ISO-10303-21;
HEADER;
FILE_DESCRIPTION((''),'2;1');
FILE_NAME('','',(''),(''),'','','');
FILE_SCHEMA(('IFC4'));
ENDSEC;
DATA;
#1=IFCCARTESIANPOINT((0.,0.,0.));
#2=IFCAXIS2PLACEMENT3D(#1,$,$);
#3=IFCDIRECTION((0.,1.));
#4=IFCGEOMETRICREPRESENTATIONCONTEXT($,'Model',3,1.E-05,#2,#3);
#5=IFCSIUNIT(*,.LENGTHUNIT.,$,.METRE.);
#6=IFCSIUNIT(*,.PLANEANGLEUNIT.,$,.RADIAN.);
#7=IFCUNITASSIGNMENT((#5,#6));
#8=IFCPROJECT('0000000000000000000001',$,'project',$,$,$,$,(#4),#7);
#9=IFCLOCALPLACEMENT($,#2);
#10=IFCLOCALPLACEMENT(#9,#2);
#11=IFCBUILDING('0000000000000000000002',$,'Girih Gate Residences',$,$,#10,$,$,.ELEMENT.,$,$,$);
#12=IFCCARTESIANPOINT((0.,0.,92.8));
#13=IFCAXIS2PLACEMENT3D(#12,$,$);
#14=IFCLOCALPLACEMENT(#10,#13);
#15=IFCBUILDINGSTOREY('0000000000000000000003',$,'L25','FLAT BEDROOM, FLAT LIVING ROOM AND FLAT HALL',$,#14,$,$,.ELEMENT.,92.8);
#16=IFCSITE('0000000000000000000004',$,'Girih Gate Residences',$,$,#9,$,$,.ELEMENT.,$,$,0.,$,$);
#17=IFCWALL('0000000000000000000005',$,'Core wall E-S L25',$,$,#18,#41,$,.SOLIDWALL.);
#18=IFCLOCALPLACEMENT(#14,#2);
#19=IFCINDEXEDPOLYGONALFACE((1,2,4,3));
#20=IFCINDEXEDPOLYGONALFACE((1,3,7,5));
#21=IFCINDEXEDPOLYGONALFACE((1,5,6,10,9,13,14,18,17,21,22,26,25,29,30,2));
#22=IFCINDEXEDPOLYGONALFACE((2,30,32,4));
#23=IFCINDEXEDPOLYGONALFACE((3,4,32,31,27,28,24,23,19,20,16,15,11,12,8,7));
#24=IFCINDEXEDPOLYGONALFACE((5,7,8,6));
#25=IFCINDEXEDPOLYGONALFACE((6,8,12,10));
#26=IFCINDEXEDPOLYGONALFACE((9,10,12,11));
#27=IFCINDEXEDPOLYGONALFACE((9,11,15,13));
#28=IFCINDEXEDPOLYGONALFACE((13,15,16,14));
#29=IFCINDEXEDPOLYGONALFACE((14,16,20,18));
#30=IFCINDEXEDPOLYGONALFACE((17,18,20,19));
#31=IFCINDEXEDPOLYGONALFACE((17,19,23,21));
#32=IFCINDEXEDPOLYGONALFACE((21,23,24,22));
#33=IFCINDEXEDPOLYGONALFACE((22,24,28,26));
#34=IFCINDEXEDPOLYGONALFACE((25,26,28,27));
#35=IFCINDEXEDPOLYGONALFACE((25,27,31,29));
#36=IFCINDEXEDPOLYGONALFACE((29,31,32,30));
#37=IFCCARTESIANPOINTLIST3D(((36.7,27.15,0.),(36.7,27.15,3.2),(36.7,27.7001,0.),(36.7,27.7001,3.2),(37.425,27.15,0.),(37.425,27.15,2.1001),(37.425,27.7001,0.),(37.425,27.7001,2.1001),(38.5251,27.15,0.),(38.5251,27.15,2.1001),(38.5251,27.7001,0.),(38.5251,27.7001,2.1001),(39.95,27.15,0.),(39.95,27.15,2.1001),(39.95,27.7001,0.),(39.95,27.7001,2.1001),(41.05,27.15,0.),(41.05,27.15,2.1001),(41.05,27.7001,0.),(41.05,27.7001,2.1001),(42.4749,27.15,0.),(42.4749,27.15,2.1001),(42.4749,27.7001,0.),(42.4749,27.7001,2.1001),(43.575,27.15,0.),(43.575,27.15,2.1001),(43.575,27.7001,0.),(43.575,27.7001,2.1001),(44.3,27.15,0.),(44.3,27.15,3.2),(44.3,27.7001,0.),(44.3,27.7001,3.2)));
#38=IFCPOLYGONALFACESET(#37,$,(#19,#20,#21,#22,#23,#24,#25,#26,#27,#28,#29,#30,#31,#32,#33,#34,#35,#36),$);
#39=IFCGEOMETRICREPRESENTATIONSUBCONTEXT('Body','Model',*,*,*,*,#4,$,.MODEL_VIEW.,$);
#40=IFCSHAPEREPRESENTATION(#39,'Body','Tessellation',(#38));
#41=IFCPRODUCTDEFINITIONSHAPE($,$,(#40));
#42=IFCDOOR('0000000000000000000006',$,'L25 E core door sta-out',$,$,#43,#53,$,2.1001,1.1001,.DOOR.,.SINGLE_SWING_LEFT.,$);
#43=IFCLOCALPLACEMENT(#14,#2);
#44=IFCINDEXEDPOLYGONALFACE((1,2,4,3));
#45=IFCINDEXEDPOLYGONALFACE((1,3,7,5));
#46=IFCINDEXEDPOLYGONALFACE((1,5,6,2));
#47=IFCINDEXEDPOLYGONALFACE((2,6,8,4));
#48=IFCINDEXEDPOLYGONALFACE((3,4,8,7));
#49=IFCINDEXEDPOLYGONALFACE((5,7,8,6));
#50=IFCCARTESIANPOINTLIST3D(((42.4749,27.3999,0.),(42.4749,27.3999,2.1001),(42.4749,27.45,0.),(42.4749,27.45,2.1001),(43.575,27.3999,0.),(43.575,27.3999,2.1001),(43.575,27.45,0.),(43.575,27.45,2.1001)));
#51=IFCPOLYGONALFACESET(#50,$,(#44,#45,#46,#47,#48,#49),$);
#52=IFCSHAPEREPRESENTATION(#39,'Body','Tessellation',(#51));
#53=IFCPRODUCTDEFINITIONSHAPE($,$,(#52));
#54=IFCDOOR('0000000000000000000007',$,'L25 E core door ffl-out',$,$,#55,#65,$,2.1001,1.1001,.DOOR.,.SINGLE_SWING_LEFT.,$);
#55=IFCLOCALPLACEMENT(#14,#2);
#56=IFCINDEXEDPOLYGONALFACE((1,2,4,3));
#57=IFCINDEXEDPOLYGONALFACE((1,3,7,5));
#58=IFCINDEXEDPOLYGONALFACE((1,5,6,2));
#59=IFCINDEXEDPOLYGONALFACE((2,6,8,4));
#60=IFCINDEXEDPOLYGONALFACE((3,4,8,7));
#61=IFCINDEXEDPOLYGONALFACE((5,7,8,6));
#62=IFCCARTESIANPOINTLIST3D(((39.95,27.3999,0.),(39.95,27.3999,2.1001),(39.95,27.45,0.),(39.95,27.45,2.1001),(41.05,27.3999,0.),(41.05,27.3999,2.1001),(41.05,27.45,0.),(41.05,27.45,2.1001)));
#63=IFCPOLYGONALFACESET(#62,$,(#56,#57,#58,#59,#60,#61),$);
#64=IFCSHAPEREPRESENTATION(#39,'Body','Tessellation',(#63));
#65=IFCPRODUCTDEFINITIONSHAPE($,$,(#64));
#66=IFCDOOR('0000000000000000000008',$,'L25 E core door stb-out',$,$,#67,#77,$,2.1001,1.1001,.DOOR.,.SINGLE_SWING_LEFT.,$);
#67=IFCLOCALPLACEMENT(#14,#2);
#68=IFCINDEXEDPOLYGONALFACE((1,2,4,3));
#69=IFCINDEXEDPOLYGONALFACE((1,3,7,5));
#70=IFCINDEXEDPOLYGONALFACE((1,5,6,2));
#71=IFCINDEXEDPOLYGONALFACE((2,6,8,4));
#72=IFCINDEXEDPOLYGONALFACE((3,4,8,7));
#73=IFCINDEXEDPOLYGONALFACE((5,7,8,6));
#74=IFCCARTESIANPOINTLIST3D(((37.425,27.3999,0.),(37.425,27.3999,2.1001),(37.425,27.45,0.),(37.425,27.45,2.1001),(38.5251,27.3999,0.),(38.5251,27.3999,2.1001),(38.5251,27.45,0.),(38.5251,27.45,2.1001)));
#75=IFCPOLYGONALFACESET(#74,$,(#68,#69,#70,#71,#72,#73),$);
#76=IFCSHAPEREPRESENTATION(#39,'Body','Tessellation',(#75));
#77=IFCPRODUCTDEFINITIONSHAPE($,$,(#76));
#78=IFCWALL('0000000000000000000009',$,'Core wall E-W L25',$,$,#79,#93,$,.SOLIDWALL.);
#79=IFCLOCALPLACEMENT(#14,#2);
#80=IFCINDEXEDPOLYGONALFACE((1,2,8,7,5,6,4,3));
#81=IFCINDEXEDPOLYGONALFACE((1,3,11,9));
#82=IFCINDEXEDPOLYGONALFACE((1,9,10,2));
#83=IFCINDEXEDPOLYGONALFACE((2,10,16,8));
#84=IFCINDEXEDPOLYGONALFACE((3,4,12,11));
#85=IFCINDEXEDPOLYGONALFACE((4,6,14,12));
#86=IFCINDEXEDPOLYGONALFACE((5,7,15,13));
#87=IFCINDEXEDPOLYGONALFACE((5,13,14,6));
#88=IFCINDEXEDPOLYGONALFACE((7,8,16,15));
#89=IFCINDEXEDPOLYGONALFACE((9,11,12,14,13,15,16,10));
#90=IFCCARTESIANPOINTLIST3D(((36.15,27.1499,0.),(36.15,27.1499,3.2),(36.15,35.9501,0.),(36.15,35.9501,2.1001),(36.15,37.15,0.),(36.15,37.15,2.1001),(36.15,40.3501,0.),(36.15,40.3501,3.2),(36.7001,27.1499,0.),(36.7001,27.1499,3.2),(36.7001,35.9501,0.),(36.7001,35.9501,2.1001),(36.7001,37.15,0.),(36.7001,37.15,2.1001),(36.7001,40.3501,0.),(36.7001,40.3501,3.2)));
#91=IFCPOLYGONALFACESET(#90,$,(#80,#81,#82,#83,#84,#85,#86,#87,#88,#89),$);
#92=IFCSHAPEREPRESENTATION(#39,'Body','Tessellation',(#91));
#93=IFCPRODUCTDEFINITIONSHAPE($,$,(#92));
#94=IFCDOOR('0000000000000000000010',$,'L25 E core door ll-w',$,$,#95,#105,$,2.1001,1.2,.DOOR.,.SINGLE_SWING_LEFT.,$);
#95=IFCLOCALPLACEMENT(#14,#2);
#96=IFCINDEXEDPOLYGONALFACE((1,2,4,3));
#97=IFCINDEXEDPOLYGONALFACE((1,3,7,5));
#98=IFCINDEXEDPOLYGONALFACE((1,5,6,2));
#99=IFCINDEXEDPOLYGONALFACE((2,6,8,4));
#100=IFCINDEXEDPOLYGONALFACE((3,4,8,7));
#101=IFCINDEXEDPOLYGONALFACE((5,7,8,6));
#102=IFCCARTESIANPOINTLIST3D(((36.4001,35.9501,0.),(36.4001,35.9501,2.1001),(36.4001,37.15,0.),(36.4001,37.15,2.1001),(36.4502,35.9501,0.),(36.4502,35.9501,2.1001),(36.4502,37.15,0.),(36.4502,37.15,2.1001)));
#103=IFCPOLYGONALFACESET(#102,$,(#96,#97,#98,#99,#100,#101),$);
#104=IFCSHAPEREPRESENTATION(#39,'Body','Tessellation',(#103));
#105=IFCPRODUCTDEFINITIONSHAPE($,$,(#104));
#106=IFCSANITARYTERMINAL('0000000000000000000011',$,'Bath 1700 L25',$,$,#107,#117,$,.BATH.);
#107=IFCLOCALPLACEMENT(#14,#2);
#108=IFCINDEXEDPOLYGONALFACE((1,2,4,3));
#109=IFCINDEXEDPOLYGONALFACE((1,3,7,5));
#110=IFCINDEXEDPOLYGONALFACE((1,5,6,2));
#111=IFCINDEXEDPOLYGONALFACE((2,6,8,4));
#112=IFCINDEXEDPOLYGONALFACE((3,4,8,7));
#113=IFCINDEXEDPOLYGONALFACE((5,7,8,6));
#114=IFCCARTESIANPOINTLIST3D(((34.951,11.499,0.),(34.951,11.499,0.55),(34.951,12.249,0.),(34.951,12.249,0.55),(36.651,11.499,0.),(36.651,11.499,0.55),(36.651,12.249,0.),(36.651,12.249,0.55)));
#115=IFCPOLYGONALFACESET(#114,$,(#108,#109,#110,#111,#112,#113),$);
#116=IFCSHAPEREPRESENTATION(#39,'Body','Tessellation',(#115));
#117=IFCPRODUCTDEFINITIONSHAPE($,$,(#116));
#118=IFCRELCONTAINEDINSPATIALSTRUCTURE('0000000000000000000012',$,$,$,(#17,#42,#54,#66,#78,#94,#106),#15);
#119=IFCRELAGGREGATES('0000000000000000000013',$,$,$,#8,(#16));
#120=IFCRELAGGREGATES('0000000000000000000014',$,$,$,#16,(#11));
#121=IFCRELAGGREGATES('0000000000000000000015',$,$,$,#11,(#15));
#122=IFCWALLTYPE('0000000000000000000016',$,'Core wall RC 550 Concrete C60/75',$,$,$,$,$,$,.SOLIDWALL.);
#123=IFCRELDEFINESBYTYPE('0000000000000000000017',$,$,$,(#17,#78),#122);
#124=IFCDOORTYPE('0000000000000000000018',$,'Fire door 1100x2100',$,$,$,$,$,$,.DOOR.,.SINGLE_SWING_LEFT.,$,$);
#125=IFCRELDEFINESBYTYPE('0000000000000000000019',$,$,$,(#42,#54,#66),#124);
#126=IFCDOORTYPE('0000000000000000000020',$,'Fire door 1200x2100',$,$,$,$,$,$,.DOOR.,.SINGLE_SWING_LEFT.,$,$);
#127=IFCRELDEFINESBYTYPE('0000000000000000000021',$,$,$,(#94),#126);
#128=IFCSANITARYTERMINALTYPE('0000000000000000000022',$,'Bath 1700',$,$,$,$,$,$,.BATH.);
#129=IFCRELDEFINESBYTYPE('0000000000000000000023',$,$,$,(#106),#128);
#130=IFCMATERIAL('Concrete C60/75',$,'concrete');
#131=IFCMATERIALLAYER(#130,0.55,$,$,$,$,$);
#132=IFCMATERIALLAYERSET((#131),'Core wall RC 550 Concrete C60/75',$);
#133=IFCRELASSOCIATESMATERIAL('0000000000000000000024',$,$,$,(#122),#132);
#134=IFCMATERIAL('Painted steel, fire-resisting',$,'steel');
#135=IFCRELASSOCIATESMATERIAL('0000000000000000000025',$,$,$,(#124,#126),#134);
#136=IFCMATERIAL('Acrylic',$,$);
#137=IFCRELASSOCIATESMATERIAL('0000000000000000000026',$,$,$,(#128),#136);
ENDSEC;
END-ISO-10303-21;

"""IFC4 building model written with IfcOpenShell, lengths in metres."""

from ifc_helpers import new_model, si_unit, direction, frame, frame_2d, origin, origin_2d, place, context, subcontext, project, spatial, rectangle, extrude, material, layer, layer_set, type_object, element, fill, save


model = new_model("IFC4")

# Units and contexts
model_context = context("Model", 3, precision=1e-05, world=origin(), true_north=direction((0.0, 1.0)))
body_context = subcontext(model_context, "Body", "Model", "MODEL_VIEW")
ifc_project = project(units=[si_unit("LENGTHUNIT", "METRE"), si_unit("PLANEANGLEUNIT", "RADIAN")], contexts=[model_context])

# Site, building, storey
site_placement = place(None, origin())
site = spatial("IfcSite", under=ifc_project, at=site_placement, Name="Girih Gate Residences", CompositionType="ELEMENT", RefElevation=0.0)
building_placement = place(site_placement, origin())
building = spatial("IfcBuilding", under=site, at=building_placement, Name="Girih Gate Residences", CompositionType="ELEMENT")
storey_placement = place(building_placement, frame((0.0, 0.0, 92.8)))
storey = spatial("IfcBuildingStorey", under=building, at=storey_placement, Name="L25", Description="FLAT BEDROOM, FLAT LIVING ROOM AND FLAT HALL", CompositionType="ELEMENT", Elevation=92.8)

# Shared definitions
ifc_material_1 = material(Name="Concrete C60/75", Category="concrete")

# Wall, openings, doors
ifc_layer_1 = layer(ifc_material_1, 0.55)
ifc_layer_set_1 = layer_set([ifc_layer_1], Name="Core wall RC 550 Concrete C60/75")
wall_type_1 = type_object("IfcWallType", Name="Core wall RC 550 Concrete C60/75", PredefinedType="SOLIDWALL", material=ifc_layer_set_1)
wall_1_placement = place(storey_placement, frame((36.7, 27.425, 0.0), z_axis=(0.0, 0.0, 1.0), x_axis=(1.0, 0.0, 0.0)))
wall_1 = element("IfcWall", 1, at=wall_1_placement, inside=storey, type_object=wall_type_1, Name="Core wall E-S L25", PredefinedType="SOLIDWALL", context=body_context, shape_type="SweptSolid", body=[
    extrude(rectangle(XDim=7.6001, YDim=0.55, at=frame_2d((3.8, 0.0))), origin(), (0.0, 0.0, 1.0), 3.2),
])
opening_1_placement = place(wall_1_placement, frame((5.7749, 0.0, 0.0)))
opening_1 = element("IfcOpeningElement", 2, at=opening_1_placement, cuts=wall_1, PredefinedType="OPENING", context=body_context, shape_type="SweptSolid", body=[
    extrude(rectangle(XDim=1.1001, YDim=2.1001, at=frame_2d((0.55, 1.05))), frame((0.0, 0.2849, 0.0), z_axis=(0.0, -1.0, 0.0), x_axis=(1.0, 0.0, 0.0)), (0.0, 0.0, 1.0), 0.5701),
])
opening_2_placement = place(wall_1_placement, frame((3.25, 0.0, 0.0)))
opening_2 = element("IfcOpeningElement", 3, at=opening_2_placement, cuts=wall_1, PredefinedType="OPENING", context=body_context, shape_type="SweptSolid", body=[
    extrude(rectangle(XDim=1.1001, YDim=2.1001, at=frame_2d((0.55, 1.05))), frame((0.0, 0.2849, 0.0), z_axis=(0.0, -1.0, 0.0), x_axis=(1.0, 0.0, 0.0)), (0.0, 0.0, 1.0), 0.5701),
])
opening_3_placement = place(wall_1_placement, frame((0.7251, 0.0, 0.0)))
opening_3 = element("IfcOpeningElement", 4, at=opening_3_placement, cuts=wall_1, PredefinedType="OPENING", context=body_context, shape_type="SweptSolid", body=[
    extrude(rectangle(XDim=1.1001, YDim=2.1001, at=frame_2d((0.55, 1.05))), frame((0.0, 0.2849, 0.0), z_axis=(0.0, -1.0, 0.0), x_axis=(1.0, 0.0, 0.0)), (0.0, 0.0, 1.0), 0.5701),
])
ifc_material_2 = material(Name="Painted steel, fire-resisting", Category="steel")
door_type_1 = type_object("IfcDoorType", Name="Fire door 1100x2100", OperationType="SINGLE_SWING_LEFT", PredefinedType="DOOR", material=ifc_material_2)
door_1_placement = place(opening_1_placement, origin())
door_1 = element("IfcDoor", 5, at=door_1_placement, inside=storey, type_object=door_type_1, Name="L25 E core door sta-out", OperationType="SINGLE_SWING_LEFT", OverallHeight=2.1001, OverallWidth=1.1001, PredefinedType="DOOR", context=body_context, shape_type="SweptSolid", body=[
    extrude(rectangle(XDim=1.1001, YDim=2.1001, at=frame_2d((0.55, 1.05))), frame((0.0, 0.0249, 0.0), z_axis=(0.0, -1.0, 0.0), x_axis=(1.0, 0.0, 0.0)), (0.0, 0.0, 1.0), 0.05),
])
fill(opening_1, door_1)
door_2_placement = place(opening_2_placement, origin())
door_2 = element("IfcDoor", 6, at=door_2_placement, inside=storey, type_object=door_type_1, Name="L25 E core door ffl-out", OperationType="SINGLE_SWING_LEFT", OverallHeight=2.1001, OverallWidth=1.1001, PredefinedType="DOOR", context=body_context, shape_type="SweptSolid", body=[
    extrude(rectangle(XDim=1.1001, YDim=2.1001, at=frame_2d((0.55, 1.05))), frame((0.0, 0.0249, 0.0), z_axis=(0.0, -1.0, 0.0), x_axis=(1.0, 0.0, 0.0)), (0.0, 0.0, 1.0), 0.05),
])
fill(opening_2, door_2)
door_3_placement = place(opening_3_placement, origin())
door_3 = element("IfcDoor", 7, at=door_3_placement, inside=storey, type_object=door_type_1, Name="L25 E core door stb-out", OperationType="SINGLE_SWING_LEFT", OverallHeight=2.1001, OverallWidth=1.1001, PredefinedType="DOOR", context=body_context, shape_type="SweptSolid", body=[
    extrude(rectangle(XDim=1.1001, YDim=2.1001, at=frame_2d((0.55, 1.05))), frame((0.0, 0.0249, 0.0), z_axis=(0.0, -1.0, 0.0), x_axis=(1.0, 0.0, 0.0)), (0.0, 0.0, 1.0), 0.05),
])
fill(opening_3, door_3)

# Wall, opening, door
wall_2_placement = place(storey_placement, frame((36.425, 27.1499, 0.0), z_axis=(0.0, 0.0, 1.0), x_axis=(0.0, 1.0, 0.0)))
wall_2 = element("IfcWall", 8, at=wall_2_placement, inside=storey, type_object=wall_type_1, Name="Core wall E-W L25", PredefinedType="SOLIDWALL", context=body_context, shape_type="SweptSolid", body=[
    extrude(rectangle(XDim=13.2002, YDim=0.55, at=frame_2d((6.6001, 0.0))), origin(), (0.0, 0.0, 1.0), 3.2),
])
opening_4_placement = place(wall_2_placement, frame((8.8, 0.0, 0.0)))
opening_4 = element("IfcOpeningElement", 9, at=opening_4_placement, cuts=wall_2, PredefinedType="OPENING", context=body_context, shape_type="SweptSolid", body=[
    extrude(rectangle(XDim=1.2, YDim=2.1001, at=frame_2d((0.6001, 1.05))), frame((0.0, 0.2849, 0.0), z_axis=(0.0, -1.0, 0.0), x_axis=(1.0, 0.0, 0.0)), (0.0, 0.0, 1.0), 0.5701),
])
door_type_2 = type_object("IfcDoorType", Name="Fire door 1200x2100", OperationType="SINGLE_SWING_LEFT", PredefinedType="DOOR", material=ifc_material_2)
door_4_placement = place(opening_4_placement, origin())
door_4 = element("IfcDoor", 10, at=door_4_placement, inside=storey, type_object=door_type_2, Name="L25 E core door ll-w", OperationType="SINGLE_SWING_LEFT", OverallHeight=2.1001, OverallWidth=1.2, PredefinedType="DOOR", context=body_context, shape_type="SweptSolid", body=[
    extrude(rectangle(XDim=1.2, YDim=2.1001, at=frame_2d((0.6001, 1.05))), frame((0.0, 0.0249, 0.0), z_axis=(0.0, -1.0, 0.0), x_axis=(1.0, 0.0, 0.0)), (0.0, 0.0, 1.0), 0.05),
])
fill(opening_4, door_4)

# Sanitary terminal
ifc_material_3 = material(Name="Acrylic")
sanitary_terminal_type = type_object("IfcSanitaryTerminalType", Name="Bath 1700", PredefinedType="BATH", material=ifc_material_3)
sanitary_terminal_placement = place(storey_placement, frame((35.801, 11.874, 0.0), z_axis=(0.0, 0.0, 1.0), x_axis=(1.0, 0.0, 0.0)))
element("IfcSanitaryTerminal", 11, at=sanitary_terminal_placement, inside=storey, type_object=sanitary_terminal_type, Name="Bath 1700 L25", PredefinedType="BATH", context=body_context, shape_type="SweptSolid", body=[
    extrude(rectangle(XDim=1.7, YDim=0.75, at=origin_2d()), origin(), (0.0, 0.0, 1.0), 0.55),
])

save(model, "model.ifc")
